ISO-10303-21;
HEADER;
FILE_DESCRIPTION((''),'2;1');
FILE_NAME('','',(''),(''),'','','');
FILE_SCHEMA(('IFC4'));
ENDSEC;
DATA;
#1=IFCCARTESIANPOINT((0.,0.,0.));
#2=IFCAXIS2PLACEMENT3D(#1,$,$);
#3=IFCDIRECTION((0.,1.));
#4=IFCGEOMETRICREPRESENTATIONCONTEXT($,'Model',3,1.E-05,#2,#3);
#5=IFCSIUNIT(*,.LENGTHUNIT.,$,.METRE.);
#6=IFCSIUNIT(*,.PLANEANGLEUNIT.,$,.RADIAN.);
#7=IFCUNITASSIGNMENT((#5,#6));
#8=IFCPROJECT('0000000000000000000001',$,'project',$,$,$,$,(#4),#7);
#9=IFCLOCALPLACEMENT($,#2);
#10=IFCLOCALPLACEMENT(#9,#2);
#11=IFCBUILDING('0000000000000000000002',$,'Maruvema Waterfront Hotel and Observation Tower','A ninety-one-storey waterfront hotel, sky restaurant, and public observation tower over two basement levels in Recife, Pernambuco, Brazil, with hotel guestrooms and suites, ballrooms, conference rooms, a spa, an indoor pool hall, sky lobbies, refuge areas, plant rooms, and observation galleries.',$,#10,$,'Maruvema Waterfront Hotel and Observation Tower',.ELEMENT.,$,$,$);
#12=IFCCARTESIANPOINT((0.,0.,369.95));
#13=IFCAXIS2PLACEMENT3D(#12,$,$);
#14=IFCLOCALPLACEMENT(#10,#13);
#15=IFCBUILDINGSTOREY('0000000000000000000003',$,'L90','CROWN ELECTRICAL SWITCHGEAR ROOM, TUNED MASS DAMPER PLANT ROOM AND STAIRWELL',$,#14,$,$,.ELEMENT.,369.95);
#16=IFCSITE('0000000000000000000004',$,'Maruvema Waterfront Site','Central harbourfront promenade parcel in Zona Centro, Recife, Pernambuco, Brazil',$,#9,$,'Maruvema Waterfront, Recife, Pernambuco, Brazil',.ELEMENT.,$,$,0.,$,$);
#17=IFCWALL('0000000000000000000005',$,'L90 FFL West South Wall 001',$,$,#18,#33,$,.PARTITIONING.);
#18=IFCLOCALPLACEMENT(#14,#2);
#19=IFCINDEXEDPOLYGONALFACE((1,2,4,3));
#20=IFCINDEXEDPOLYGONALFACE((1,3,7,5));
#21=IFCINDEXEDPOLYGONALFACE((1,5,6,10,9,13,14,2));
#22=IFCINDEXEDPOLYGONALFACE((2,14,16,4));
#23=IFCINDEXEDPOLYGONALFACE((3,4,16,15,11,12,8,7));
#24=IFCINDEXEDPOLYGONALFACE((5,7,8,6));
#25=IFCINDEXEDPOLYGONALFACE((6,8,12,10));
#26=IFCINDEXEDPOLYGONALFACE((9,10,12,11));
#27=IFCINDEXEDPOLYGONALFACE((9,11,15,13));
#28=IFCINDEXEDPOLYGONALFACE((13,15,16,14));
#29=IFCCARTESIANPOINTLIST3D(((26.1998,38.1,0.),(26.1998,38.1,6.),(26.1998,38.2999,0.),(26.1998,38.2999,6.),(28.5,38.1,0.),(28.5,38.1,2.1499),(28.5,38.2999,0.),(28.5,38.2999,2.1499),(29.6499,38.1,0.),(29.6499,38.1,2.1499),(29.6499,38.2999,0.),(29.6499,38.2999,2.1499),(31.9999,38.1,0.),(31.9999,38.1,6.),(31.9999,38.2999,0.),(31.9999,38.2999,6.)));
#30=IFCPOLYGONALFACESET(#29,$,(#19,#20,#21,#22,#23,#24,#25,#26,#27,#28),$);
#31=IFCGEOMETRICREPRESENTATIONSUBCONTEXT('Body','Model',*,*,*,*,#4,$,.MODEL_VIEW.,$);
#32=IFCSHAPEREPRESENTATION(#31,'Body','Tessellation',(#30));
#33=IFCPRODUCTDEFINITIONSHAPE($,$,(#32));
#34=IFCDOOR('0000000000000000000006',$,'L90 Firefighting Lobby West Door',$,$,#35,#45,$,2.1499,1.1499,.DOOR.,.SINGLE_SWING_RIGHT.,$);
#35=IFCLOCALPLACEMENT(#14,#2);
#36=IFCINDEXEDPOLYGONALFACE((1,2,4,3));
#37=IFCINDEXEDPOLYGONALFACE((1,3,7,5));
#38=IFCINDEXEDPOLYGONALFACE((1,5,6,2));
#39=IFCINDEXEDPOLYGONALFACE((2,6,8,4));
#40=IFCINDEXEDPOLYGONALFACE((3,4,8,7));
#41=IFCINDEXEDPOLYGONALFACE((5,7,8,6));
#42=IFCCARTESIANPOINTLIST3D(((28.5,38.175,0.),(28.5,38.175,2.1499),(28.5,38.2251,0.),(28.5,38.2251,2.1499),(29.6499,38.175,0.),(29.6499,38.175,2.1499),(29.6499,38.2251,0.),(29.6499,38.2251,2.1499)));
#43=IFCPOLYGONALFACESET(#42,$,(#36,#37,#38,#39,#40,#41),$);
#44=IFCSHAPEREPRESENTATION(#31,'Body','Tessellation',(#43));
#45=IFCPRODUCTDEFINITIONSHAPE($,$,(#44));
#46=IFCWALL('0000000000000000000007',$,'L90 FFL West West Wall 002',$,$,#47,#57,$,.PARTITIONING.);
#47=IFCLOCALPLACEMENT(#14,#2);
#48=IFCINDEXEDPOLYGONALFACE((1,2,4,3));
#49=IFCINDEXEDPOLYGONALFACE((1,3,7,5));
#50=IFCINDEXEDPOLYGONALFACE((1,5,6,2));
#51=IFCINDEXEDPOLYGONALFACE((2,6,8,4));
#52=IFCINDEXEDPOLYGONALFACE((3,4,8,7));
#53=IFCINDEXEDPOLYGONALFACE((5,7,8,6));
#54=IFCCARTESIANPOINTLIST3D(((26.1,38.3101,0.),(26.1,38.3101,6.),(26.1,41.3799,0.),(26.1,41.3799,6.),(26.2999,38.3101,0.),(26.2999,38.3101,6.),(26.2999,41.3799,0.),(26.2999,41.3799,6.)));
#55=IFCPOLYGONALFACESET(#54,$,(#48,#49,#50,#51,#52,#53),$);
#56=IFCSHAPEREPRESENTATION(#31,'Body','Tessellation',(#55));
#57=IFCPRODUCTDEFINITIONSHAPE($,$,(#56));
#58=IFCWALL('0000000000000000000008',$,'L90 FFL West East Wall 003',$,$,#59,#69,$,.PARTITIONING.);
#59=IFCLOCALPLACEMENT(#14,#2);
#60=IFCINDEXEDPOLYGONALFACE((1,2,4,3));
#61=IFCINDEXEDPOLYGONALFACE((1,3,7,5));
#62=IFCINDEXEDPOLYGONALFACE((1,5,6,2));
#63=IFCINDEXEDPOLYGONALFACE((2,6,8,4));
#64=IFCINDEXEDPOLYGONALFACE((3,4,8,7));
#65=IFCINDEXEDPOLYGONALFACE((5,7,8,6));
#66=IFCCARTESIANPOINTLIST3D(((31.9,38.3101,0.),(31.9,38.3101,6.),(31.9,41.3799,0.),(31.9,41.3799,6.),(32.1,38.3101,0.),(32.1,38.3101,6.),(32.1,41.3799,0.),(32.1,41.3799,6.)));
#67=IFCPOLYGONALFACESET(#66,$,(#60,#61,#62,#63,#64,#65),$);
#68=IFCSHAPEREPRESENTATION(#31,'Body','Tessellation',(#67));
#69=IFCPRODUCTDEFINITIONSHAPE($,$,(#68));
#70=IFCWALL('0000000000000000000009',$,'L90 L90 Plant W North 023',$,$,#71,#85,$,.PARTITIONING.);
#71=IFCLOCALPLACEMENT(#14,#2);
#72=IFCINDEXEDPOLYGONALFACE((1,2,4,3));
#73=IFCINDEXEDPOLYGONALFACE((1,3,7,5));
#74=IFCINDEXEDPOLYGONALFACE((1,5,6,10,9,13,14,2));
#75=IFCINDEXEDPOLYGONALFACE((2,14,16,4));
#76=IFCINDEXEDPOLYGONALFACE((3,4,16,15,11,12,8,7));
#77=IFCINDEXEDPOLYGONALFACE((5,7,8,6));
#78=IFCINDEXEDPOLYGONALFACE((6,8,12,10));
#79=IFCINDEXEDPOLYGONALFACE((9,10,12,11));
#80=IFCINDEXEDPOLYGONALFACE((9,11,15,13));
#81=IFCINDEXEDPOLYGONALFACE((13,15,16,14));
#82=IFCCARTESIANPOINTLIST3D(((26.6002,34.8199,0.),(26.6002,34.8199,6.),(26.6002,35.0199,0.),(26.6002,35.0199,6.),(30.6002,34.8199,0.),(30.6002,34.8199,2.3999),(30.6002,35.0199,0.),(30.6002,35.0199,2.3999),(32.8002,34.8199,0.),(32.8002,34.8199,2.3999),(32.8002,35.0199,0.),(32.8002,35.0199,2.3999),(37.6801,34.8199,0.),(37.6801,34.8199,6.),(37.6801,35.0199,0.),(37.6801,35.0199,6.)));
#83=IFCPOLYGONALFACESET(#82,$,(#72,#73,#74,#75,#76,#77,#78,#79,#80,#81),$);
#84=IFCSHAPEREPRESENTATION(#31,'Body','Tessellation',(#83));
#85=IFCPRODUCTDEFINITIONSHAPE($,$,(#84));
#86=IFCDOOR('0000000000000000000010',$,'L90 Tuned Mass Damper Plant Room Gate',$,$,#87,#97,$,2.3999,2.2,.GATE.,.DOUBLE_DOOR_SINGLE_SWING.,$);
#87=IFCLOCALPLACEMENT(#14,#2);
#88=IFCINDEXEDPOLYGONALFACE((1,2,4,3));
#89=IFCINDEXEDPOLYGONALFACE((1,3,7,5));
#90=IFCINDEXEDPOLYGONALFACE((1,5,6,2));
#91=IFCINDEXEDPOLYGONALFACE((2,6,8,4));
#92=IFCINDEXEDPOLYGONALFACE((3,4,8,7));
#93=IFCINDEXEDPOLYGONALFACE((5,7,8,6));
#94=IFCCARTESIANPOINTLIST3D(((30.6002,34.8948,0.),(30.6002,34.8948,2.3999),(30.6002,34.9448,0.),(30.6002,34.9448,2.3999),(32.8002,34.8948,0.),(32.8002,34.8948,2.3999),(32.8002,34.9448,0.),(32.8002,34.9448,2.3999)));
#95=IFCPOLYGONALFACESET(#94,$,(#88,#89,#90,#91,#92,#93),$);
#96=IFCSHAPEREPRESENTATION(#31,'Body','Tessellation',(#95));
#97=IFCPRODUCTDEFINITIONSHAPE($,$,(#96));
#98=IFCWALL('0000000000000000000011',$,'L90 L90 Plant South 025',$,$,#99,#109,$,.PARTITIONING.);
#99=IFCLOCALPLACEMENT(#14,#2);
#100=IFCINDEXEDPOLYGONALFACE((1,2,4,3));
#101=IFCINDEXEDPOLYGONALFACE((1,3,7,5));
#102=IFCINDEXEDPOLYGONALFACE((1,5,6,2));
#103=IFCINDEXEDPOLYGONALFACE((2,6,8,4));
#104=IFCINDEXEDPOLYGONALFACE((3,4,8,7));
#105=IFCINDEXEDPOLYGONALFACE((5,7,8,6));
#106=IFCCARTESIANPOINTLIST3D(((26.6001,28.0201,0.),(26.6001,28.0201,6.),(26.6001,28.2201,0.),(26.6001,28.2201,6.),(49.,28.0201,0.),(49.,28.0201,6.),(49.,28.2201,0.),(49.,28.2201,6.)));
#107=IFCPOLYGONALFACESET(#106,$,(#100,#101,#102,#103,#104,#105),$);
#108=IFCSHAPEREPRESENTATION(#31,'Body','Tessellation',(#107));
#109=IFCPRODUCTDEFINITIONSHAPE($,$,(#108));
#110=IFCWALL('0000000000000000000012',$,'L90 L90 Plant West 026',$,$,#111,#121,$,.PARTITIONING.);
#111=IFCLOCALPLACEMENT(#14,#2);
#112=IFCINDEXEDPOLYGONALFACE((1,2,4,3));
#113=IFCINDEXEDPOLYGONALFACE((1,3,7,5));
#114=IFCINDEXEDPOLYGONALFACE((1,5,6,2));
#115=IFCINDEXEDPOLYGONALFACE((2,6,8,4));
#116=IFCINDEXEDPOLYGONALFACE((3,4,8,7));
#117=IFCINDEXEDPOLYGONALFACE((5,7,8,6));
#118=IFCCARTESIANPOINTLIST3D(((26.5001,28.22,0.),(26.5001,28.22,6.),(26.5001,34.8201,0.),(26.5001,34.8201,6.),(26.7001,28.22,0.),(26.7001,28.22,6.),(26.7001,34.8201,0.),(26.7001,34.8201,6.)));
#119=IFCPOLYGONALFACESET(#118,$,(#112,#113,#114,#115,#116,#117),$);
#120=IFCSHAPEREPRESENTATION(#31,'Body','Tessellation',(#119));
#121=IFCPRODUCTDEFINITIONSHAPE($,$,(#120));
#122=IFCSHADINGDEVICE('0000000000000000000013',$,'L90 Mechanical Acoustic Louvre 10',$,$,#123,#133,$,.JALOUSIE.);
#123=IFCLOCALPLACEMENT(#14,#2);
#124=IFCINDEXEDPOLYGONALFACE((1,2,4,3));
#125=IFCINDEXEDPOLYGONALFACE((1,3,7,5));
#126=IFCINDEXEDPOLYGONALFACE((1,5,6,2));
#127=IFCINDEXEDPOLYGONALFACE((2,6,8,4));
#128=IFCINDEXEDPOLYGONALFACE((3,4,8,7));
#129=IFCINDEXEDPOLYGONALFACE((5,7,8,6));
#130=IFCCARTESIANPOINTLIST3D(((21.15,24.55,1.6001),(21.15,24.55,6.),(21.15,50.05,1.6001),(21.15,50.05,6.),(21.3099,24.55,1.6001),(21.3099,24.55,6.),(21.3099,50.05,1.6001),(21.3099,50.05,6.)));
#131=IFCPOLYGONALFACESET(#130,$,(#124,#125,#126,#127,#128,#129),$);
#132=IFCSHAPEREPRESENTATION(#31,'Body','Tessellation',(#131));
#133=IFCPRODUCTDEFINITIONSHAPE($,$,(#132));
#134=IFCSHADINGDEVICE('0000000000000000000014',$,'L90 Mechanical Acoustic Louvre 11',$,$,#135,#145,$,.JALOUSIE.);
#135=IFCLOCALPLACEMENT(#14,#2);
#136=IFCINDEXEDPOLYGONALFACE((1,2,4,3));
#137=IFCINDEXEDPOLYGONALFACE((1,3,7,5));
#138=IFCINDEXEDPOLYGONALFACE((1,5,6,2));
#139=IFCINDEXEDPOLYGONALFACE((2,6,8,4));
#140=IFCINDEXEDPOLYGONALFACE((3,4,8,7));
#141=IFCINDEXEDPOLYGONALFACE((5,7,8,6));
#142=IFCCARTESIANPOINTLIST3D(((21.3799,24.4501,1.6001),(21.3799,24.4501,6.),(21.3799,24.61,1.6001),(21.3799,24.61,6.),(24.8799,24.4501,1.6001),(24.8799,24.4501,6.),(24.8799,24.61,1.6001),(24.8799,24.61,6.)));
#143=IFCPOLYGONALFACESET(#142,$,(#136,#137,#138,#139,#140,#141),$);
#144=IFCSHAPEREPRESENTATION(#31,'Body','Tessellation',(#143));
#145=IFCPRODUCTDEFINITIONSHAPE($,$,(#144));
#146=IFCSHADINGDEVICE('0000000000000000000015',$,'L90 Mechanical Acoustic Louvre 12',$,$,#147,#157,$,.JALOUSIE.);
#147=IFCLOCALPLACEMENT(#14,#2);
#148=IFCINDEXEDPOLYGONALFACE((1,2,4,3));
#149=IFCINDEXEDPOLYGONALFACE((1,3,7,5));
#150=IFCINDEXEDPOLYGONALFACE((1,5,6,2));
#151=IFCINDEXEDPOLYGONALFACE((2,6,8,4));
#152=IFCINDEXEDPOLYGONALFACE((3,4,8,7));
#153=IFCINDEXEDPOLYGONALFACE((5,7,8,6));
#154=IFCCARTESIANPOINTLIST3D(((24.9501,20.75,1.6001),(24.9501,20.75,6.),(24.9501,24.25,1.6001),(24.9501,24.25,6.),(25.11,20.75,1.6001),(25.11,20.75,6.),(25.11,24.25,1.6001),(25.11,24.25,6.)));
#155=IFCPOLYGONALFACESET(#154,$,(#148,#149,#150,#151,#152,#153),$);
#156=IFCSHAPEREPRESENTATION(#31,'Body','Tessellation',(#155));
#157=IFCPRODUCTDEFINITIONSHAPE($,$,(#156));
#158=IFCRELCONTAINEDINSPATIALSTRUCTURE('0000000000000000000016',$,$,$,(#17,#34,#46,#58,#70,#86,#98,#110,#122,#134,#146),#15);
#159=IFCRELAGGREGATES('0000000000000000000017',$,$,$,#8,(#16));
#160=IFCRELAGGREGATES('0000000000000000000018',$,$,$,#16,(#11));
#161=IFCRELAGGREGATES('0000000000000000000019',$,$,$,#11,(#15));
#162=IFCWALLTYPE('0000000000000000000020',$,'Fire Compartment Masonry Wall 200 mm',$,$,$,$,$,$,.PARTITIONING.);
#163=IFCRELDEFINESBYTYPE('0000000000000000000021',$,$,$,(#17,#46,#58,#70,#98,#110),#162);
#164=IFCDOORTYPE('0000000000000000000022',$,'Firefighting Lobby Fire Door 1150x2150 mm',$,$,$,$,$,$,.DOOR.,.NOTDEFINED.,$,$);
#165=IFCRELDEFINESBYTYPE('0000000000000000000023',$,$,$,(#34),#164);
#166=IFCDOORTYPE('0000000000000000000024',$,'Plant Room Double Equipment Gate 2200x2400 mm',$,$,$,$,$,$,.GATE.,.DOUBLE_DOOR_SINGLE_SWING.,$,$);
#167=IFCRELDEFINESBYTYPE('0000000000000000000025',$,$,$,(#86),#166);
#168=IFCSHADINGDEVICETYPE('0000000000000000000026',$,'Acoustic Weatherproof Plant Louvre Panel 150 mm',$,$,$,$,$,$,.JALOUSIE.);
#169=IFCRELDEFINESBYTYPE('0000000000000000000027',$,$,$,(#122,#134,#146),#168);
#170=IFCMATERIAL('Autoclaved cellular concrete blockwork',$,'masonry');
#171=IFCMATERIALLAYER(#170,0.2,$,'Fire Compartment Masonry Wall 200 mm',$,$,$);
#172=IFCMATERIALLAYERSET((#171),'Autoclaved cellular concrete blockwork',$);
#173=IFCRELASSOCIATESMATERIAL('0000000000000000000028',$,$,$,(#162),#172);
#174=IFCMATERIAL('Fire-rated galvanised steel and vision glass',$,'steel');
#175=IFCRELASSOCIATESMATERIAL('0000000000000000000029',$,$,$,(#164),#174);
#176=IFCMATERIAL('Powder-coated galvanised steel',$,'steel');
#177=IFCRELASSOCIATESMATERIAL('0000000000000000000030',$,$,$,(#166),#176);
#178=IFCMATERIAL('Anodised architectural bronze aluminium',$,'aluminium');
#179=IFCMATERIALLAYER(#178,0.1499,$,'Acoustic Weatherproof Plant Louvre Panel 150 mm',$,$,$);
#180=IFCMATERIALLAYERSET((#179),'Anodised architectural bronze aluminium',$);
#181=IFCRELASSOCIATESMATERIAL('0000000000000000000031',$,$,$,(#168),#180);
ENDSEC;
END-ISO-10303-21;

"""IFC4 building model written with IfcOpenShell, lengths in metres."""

from ifc_helpers import new_model, si_unit, direction, frame, frame_2d, origin, origin_2d, place, context, subcontext, project, spatial, rectangle, extrude, material, layer, layer_set, type_object, element, fill, save


model = new_model("IFC4")

# Units and contexts
model_context = context("Model", 3, precision=1e-05, world=origin(), true_north=direction((0.0, 1.0)))
body_context = subcontext(model_context, "Body", "Model", "MODEL_VIEW")
ifc_project = project(units=[si_unit("LENGTHUNIT", "METRE"), si_unit("PLANEANGLEUNIT", "RADIAN")], contexts=[model_context])

# Site, building, storey
site_placement = place(None, origin())
site = spatial("IfcSite", under=ifc_project, at=site_placement, Name="Maruvema Waterfront Site", Description="Central harbourfront promenade parcel in Zona Centro, Recife, Pernambuco, Brazil", LongName="Maruvema Waterfront, Recife, Pernambuco, Brazil", CompositionType="ELEMENT", RefElevation=0.0)
building_placement = place(site_placement, origin())
building = spatial("IfcBuilding", under=site, at=building_placement, Name="Maruvema Waterfront Hotel and Observation Tower", Description="A ninety-one-storey waterfront hotel, sky restaurant, and public observation tower over two basement levels in Recife, Pernambuco, Brazil, with hotel guestrooms and suites, ballrooms, conference rooms, a spa, an indoor pool hall, sky lobbies, refuge areas, plant rooms, and observation galleries.", LongName="Maruvema Waterfront Hotel and Observation Tower", CompositionType="ELEMENT")
storey_placement = place(building_placement, frame((0.0, 0.0, 369.95)))
storey = spatial("IfcBuildingStorey", under=building, at=storey_placement, Name="L90", Description="CROWN ELECTRICAL SWITCHGEAR ROOM, TUNED MASS DAMPER PLANT ROOM AND STAIRWELL", CompositionType="ELEMENT", Elevation=369.95)

# Wall, opening, door
ifc_material_1 = material(Name="Autoclaved cellular concrete blockwork", Category="masonry")
ifc_layer_1 = layer(ifc_material_1, 0.2, Name="Fire Compartment Masonry Wall 200 mm")
ifc_layer_set_1 = layer_set([ifc_layer_1], Name="Autoclaved cellular concrete blockwork")
wall_type_1 = type_object("IfcWallType", Name="Fire Compartment Masonry Wall 200 mm", PredefinedType="PARTITIONING", material=ifc_layer_set_1)
wall_1_placement = place(storey_placement, frame((26.2, 38.2, 0.0), z_axis=(0.0, 0.0, 1.0), x_axis=(1.0, 0.0, 0.0)))
wall_1 = element("IfcWall", 1, at=wall_1_placement, inside=storey, type_object=wall_type_1, Name="L90 FFL West South Wall 001", PredefinedType="PARTITIONING", context=body_context, shape_type="SweptSolid", body=[
    extrude(rectangle(XDim=5.8, YDim=0.2, at=frame_2d((2.8999, 0.0))), origin(), (0.0, 0.0, 1.0), 6.0),
])
opening_1_placement = place(wall_1_placement, frame((2.3, 0.0, 0.0)))
opening_1 = element("IfcOpeningElement", 2, at=opening_1_placement, cuts=wall_1, PredefinedType="OPENING", context=body_context, shape_type="SweptSolid", body=[
    extrude(rectangle(XDim=1.1499, YDim=2.1499, at=frame_2d((0.575, 1.075))), frame((0.0, 0.1099, 0.0), z_axis=(0.0, -1.0, 0.0), x_axis=(1.0, 0.0, 0.0)), (0.0, 0.0, 1.0), 0.22),
])
ifc_material_2 = material(Name="Fire-rated galvanised steel and vision glass", Category="steel")
door_type_1 = type_object("IfcDoorType", Name="Firefighting Lobby Fire Door 1150x2150 mm", OperationType="NOTDEFINED", PredefinedType="DOOR", material=ifc_material_2)
door_1_placement = place(opening_1_placement, frame((1.1499, 0.0, 0.0), z_axis=(0.0, 0.0, 1.0), x_axis=(-1.0, 0.0, 0.0)))
door_1 = element("IfcDoor", 3, at=door_1_placement, inside=storey, type_object=door_type_1, Name="L90 Firefighting Lobby West Door", OperationType="SINGLE_SWING_RIGHT", OverallHeight=2.1499, OverallWidth=1.1499, PredefinedType="DOOR", context=body_context, shape_type="SweptSolid", body=[
    extrude(rectangle(XDim=1.1499, YDim=2.1499, at=frame_2d((0.575, 1.075))), frame((0.0, 0.0249, 0.0), z_axis=(0.0, -1.0, 0.0), x_axis=(1.0, 0.0, 0.0)), (0.0, 0.0, 1.0), 0.05),
])
fill(opening_1, door_1)

# Walls
for number, where, z_axis, x_axis, name in (
    (4, (26.2, 38.3101, 0.0), (0.0, 0.0, 1.0), (0.0, 1.0, 0.0), "L90 FFL West West Wall 002"),
    (5, (32.0, 38.3101, 0.0), (0.0, 0.0, 1.0), (0.0, 1.0, 0.0), "L90 FFL West East Wall 003"),
):
    element("IfcWall", number, at=place(storey_placement, frame(where, z_axis=z_axis, x_axis=x_axis)), inside=storey, type_object=wall_type_1, Name=name, PredefinedType="PARTITIONING", context=body_context, shape_type="SweptSolid", body=[
        extrude(rectangle(XDim=3.0698, YDim=0.2, at=frame_2d((1.5349, 0.0))), origin(), (0.0, 0.0, 1.0), 6.0),
    ])

# Wall, opening, door
wall_2_placement = place(storey_placement, frame((26.6001, 34.9199, 0.0), z_axis=(0.0, 0.0, 1.0), x_axis=(1.0, 0.0, 0.0)))
wall_2 = element("IfcWall", 6, at=wall_2_placement, inside=storey, type_object=wall_type_1, Name="L90 L90 Plant W North 023", PredefinedType="PARTITIONING", context=body_context, shape_type="SweptSolid", body=[
    extrude(rectangle(XDim=11.0798, YDim=0.2, at=frame_2d((5.54, 0.0))), origin(), (0.0, 0.0, 1.0), 6.0),
])
opening_2_placement = place(wall_2_placement, frame((4.0, 0.0, 0.0)))
opening_2 = element("IfcOpeningElement", 7, at=opening_2_placement, cuts=wall_2, PredefinedType="OPENING", context=body_context, shape_type="SweptSolid", body=[
    extrude(rectangle(XDim=2.2, YDim=2.3999, at=frame_2d((1.1001, 1.2))), frame((0.0, 0.1099, 0.0), z_axis=(0.0, -1.0, 0.0), x_axis=(1.0, 0.0, 0.0)), (0.0, 0.0, 1.0), 0.22),
])
ifc_material_3 = material(Name="Powder-coated galvanised steel", Category="steel")
door_type_2 = type_object("IfcDoorType", Name="Plant Room Double Equipment Gate 2200x2400 mm", OperationType="DOUBLE_DOOR_SINGLE_SWING", PredefinedType="GATE", material=ifc_material_3)
door_2_placement = place(opening_2_placement, origin())
door_2 = element("IfcDoor", 8, at=door_2_placement, inside=storey, type_object=door_type_2, Name="L90 Tuned Mass Damper Plant Room Gate", OperationType="DOUBLE_DOOR_SINGLE_SWING", OverallHeight=2.3999, OverallWidth=2.2, PredefinedType="GATE", context=body_context, shape_type="SweptSolid", body=[
    extrude(rectangle(XDim=2.2, YDim=2.3999, at=frame_2d((1.1001, 1.2))), frame((0.0, 0.0249, 0.0), z_axis=(0.0, -1.0, 0.0), x_axis=(1.0, 0.0, 0.0)), (0.0, 0.0, 1.0), 0.05),
])
fill(opening_2, door_2)

# Walls
wall_3_placement = place(storey_placement, frame((26.6001, 28.1201, 0.0), z_axis=(0.0, 0.0, 1.0), x_axis=(1.0, 0.0, 0.0)))
element("IfcWall", 9, at=wall_3_placement, inside=storey, type_object=wall_type_1, Name="L90 L90 Plant South 025", PredefinedType="PARTITIONING", context=body_context, shape_type="SweptSolid", body=[
    extrude(rectangle(XDim=22.3999, YDim=0.2, at=frame_2d((11.2, 0.0))), origin(), (0.0, 0.0, 1.0), 6.0),
])
wall_4_placement = place(storey_placement, frame((26.6001, 28.22, 0.0), z_axis=(0.0, 0.0, 1.0), x_axis=(0.0, 1.0, 0.0)))
element("IfcWall", 10, at=wall_4_placement, inside=storey, type_object=wall_type_1, Name="L90 L90 Plant West 026", PredefinedType="PARTITIONING", context=body_context, shape_type="SweptSolid", body=[
    extrude(rectangle(XDim=6.6001, YDim=0.2, at=frame_2d((3.3, 0.0))), origin(), (0.0, 0.0, 1.0), 6.0),
])

# Shading devices
ifc_material_4 = material(Name="Anodised architectural bronze aluminium", Category="aluminium")
ifc_layer_2 = layer(ifc_material_4, 0.1499, Name="Acoustic Weatherproof Plant Louvre Panel 150 mm")
ifc_layer_set_2 = layer_set([ifc_layer_2], Name="Anodised architectural bronze aluminium")
shading_device_type = type_object("IfcShadingDeviceType", Name="Acoustic Weatherproof Plant Louvre Panel 150 mm", PredefinedType="JALOUSIE", material=ifc_layer_set_2)
shading_device_placement = place(storey_placement, frame((21.23, 37.3, 1.6001), z_axis=(0.0, 0.0, 1.0), x_axis=(0.0, -1.0, 0.0)))
element("IfcShadingDevice", 11, at=shading_device_placement, inside=storey, type_object=shading_device_type, Name="L90 Mechanical Acoustic Louvre 10", PredefinedType="JALOUSIE", context=body_context, shape_type="SweptSolid", body=[
    extrude(rectangle(XDim=25.5, YDim=0.1599, at=origin_2d()), origin(), (0.0, 0.0, 1.0), 4.3999),
])
for number, where, z_axis, x_axis, name in (
    (12, (23.1299, 24.53, 1.6001), (0.0, 0.0, 1.0), (1.0, 0.0, 0.0), "L90 Mechanical Acoustic Louvre 11"),
    (13, (25.03, 22.5, 1.6001), (0.0, 0.0, 1.0), (0.0, -1.0, 0.0), "L90 Mechanical Acoustic Louvre 12"),
):
    element("IfcShadingDevice", number, at=place(storey_placement, frame(where, z_axis=z_axis, x_axis=x_axis)), inside=storey, type_object=shading_device_type, Name=name, PredefinedType="JALOUSIE", context=body_context, shape_type="SweptSolid", body=[
        extrude(rectangle(XDim=3.5, YDim=0.1599, at=origin_2d()), origin(), (0.0, 0.0, 1.0), 4.3999),
    ])

save(model, "model.ifc")
